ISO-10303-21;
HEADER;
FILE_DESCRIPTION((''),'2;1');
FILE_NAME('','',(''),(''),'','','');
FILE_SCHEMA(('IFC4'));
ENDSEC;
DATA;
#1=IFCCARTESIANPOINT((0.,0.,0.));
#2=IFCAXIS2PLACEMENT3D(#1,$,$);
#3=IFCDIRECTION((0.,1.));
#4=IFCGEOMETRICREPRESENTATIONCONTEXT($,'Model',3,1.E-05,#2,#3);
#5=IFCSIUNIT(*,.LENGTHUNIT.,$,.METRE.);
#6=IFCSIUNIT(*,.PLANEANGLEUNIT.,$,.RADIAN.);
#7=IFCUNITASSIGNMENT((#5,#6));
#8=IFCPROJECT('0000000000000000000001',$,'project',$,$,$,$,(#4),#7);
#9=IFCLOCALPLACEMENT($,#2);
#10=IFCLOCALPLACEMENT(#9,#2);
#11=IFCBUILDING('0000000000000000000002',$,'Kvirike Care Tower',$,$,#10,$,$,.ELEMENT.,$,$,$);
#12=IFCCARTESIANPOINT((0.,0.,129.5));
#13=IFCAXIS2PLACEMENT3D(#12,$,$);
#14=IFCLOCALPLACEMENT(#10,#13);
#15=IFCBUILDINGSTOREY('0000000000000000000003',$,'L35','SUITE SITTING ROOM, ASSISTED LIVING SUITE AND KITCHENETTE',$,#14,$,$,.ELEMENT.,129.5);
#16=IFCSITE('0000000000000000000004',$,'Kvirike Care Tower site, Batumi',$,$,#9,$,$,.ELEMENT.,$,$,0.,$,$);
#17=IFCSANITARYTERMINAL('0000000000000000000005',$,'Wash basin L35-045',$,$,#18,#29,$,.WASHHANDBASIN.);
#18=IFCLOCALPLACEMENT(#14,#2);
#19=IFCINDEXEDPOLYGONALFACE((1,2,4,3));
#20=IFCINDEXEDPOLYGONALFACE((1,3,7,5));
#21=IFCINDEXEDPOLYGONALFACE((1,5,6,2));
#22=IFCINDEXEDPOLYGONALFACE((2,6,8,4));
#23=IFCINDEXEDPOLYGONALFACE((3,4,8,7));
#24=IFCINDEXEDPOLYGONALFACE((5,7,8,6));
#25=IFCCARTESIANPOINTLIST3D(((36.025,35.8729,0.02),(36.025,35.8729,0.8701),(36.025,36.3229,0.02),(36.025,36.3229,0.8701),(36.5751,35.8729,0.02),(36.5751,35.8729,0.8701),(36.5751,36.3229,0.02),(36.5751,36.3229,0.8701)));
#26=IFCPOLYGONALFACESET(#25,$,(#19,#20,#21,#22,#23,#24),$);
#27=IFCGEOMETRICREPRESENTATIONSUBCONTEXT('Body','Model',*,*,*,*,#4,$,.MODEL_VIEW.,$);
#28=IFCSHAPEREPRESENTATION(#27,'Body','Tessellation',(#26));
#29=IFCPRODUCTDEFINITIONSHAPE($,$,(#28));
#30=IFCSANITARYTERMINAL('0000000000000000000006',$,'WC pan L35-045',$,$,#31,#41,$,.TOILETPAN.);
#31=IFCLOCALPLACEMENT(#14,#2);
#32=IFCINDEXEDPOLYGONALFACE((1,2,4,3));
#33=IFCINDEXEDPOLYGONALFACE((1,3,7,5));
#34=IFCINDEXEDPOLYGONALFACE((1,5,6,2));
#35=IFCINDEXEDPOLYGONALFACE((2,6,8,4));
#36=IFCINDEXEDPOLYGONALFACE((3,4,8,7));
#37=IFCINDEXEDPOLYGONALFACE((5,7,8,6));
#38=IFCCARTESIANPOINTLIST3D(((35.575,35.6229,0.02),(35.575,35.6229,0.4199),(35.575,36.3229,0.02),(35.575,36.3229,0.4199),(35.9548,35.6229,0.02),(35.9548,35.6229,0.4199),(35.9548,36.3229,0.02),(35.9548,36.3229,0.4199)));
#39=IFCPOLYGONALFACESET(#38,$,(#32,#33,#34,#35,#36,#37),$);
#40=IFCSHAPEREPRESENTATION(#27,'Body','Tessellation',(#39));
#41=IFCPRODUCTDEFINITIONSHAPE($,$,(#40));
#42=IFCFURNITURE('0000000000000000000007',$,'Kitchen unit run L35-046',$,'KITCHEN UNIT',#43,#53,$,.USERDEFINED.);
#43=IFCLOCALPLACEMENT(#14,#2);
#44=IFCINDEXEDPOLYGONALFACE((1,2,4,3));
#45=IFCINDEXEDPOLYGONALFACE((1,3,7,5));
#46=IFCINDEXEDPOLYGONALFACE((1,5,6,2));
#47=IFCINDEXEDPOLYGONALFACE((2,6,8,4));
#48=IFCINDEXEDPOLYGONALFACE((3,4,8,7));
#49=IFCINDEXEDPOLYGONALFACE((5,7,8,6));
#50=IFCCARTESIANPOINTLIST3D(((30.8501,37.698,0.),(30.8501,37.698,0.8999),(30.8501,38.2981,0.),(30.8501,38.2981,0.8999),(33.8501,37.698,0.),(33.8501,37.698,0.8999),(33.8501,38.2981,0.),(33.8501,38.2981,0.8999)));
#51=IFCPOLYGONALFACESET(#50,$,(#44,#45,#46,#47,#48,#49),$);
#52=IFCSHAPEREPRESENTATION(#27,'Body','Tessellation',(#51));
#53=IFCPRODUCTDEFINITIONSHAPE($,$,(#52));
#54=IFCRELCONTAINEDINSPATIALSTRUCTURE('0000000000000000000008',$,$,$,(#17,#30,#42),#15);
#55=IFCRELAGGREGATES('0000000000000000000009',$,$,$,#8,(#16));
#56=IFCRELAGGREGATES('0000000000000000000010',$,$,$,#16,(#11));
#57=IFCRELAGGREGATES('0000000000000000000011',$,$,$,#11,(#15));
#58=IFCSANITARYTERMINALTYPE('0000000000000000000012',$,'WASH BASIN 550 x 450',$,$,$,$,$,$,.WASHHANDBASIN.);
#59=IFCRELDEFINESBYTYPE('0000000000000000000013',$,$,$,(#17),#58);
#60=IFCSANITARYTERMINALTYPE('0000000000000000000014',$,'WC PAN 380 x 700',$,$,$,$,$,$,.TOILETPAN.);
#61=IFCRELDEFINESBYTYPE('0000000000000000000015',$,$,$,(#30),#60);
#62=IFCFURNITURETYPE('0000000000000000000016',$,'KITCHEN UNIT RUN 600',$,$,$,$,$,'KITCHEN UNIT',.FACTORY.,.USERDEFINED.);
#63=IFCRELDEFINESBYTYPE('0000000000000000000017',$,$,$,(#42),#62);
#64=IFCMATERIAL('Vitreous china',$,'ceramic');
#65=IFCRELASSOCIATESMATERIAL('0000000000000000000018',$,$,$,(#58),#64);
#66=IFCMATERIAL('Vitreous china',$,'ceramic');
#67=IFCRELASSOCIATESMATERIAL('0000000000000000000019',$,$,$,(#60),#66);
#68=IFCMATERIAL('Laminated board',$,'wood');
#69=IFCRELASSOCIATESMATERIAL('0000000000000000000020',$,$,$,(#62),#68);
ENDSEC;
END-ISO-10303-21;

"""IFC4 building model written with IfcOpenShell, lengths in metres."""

from ifc_helpers import new_model, si_unit, direction, frame, origin, origin_2d, place, context, subcontext, project, spatial, rectangle, extrude, material, type_object, element, save


model = new_model("IFC4")

# Units and contexts
model_context = context("Model", 3, precision=1e-05, world=origin(), true_north=direction((0.0, 1.0)))
body_context = subcontext(model_context, "Body", "Model", "MODEL_VIEW")
ifc_project = project(units=[si_unit("LENGTHUNIT", "METRE"), si_unit("PLANEANGLEUNIT", "RADIAN")], contexts=[model_context])

# Site, building, storey
site_placement = place(None, origin())
site = spatial("IfcSite", under=ifc_project, at=site_placement, Name="Kvirike Care Tower site, Batumi", CompositionType="ELEMENT", RefElevation=0.0)
building_placement = place(site_placement, origin())
building = spatial("IfcBuilding", under=site, at=building_placement, Name="Kvirike Care Tower", CompositionType="ELEMENT")
storey_placement = place(building_placement, frame((0.0, 0.0, 129.5)))
storey = spatial("IfcBuildingStorey", under=building, at=storey_placement, Name="L35", Description="SUITE SITTING ROOM, ASSISTED LIVING SUITE AND KITCHENETTE", CompositionType="ELEMENT", Elevation=129.5)

# Sanitary terminals
ifc_material_1 = material(Name="Vitreous china", Category="ceramic")
sanitary_terminal_type_1 = type_object("IfcSanitaryTerminalType", Name="WASH BASIN 550 x 450", PredefinedType="WASHHANDBASIN", material=ifc_material_1)
sanitary_terminal_1_placement = place(storey_placement, frame((36.3, 36.0979, 0.02), z_axis=(0.0, 0.0, 1.0), x_axis=(1.0, 0.0, 0.0)))
element("IfcSanitaryTerminal", 1, at=sanitary_terminal_1_placement, inside=storey, type_object=sanitary_terminal_type_1, Name="Wash basin L35-045", PredefinedType="WASHHANDBASIN", context=body_context, shape_type="SweptSolid", body=[
    extrude(rectangle(XDim=0.55, YDim=0.45, at=origin_2d()), origin(), (0.0, 0.0, 1.0), 0.8501),
])
ifc_material_2 = material(Name="Vitreous china", Category="ceramic")
sanitary_terminal_type_2 = type_object("IfcSanitaryTerminalType", Name="WC PAN 380 x 700", PredefinedType="TOILETPAN", material=ifc_material_2)
sanitary_terminal_2_placement = place(storey_placement, frame((35.7649, 35.9729, 0.02), z_axis=(0.0, 0.0, 1.0), x_axis=(1.0, 0.0, 0.0)))
element("IfcSanitaryTerminal", 2, at=sanitary_terminal_2_placement, inside=storey, type_object=sanitary_terminal_type_2, Name="WC pan L35-045", PredefinedType="TOILETPAN", context=body_context, shape_type="SweptSolid", body=[
    extrude(rectangle(XDim=0.3799, YDim=0.7, at=origin_2d()), origin(), (0.0, 0.0, 1.0), 0.3999),
])

# Furniture
ifc_material_3 = material(Name="Laminated board", Category="wood")
furniture_type = type_object("IfcFurnitureType", Name="KITCHEN UNIT RUN 600", ElementType="KITCHEN UNIT", AssemblyPlace="FACTORY", PredefinedType="USERDEFINED", material=ifc_material_3)
furniture_placement = place(storey_placement, frame((32.3501, 37.998, 0.0), z_axis=(0.0, 0.0, 1.0), x_axis=(1.0, 0.0, 0.0)))
element("IfcFurniture", 3, at=furniture_placement, inside=storey, type_object=furniture_type, Name="Kitchen unit run L35-046", ObjectType="KITCHEN UNIT", PredefinedType="USERDEFINED", context=body_context, shape_type="SweptSolid", body=[
    extrude(rectangle(XDim=3.0, YDim=0.6001, at=origin_2d()), origin(), (0.0, 0.0, 1.0), 0.8999),
])

save(model, "model.ifc")
